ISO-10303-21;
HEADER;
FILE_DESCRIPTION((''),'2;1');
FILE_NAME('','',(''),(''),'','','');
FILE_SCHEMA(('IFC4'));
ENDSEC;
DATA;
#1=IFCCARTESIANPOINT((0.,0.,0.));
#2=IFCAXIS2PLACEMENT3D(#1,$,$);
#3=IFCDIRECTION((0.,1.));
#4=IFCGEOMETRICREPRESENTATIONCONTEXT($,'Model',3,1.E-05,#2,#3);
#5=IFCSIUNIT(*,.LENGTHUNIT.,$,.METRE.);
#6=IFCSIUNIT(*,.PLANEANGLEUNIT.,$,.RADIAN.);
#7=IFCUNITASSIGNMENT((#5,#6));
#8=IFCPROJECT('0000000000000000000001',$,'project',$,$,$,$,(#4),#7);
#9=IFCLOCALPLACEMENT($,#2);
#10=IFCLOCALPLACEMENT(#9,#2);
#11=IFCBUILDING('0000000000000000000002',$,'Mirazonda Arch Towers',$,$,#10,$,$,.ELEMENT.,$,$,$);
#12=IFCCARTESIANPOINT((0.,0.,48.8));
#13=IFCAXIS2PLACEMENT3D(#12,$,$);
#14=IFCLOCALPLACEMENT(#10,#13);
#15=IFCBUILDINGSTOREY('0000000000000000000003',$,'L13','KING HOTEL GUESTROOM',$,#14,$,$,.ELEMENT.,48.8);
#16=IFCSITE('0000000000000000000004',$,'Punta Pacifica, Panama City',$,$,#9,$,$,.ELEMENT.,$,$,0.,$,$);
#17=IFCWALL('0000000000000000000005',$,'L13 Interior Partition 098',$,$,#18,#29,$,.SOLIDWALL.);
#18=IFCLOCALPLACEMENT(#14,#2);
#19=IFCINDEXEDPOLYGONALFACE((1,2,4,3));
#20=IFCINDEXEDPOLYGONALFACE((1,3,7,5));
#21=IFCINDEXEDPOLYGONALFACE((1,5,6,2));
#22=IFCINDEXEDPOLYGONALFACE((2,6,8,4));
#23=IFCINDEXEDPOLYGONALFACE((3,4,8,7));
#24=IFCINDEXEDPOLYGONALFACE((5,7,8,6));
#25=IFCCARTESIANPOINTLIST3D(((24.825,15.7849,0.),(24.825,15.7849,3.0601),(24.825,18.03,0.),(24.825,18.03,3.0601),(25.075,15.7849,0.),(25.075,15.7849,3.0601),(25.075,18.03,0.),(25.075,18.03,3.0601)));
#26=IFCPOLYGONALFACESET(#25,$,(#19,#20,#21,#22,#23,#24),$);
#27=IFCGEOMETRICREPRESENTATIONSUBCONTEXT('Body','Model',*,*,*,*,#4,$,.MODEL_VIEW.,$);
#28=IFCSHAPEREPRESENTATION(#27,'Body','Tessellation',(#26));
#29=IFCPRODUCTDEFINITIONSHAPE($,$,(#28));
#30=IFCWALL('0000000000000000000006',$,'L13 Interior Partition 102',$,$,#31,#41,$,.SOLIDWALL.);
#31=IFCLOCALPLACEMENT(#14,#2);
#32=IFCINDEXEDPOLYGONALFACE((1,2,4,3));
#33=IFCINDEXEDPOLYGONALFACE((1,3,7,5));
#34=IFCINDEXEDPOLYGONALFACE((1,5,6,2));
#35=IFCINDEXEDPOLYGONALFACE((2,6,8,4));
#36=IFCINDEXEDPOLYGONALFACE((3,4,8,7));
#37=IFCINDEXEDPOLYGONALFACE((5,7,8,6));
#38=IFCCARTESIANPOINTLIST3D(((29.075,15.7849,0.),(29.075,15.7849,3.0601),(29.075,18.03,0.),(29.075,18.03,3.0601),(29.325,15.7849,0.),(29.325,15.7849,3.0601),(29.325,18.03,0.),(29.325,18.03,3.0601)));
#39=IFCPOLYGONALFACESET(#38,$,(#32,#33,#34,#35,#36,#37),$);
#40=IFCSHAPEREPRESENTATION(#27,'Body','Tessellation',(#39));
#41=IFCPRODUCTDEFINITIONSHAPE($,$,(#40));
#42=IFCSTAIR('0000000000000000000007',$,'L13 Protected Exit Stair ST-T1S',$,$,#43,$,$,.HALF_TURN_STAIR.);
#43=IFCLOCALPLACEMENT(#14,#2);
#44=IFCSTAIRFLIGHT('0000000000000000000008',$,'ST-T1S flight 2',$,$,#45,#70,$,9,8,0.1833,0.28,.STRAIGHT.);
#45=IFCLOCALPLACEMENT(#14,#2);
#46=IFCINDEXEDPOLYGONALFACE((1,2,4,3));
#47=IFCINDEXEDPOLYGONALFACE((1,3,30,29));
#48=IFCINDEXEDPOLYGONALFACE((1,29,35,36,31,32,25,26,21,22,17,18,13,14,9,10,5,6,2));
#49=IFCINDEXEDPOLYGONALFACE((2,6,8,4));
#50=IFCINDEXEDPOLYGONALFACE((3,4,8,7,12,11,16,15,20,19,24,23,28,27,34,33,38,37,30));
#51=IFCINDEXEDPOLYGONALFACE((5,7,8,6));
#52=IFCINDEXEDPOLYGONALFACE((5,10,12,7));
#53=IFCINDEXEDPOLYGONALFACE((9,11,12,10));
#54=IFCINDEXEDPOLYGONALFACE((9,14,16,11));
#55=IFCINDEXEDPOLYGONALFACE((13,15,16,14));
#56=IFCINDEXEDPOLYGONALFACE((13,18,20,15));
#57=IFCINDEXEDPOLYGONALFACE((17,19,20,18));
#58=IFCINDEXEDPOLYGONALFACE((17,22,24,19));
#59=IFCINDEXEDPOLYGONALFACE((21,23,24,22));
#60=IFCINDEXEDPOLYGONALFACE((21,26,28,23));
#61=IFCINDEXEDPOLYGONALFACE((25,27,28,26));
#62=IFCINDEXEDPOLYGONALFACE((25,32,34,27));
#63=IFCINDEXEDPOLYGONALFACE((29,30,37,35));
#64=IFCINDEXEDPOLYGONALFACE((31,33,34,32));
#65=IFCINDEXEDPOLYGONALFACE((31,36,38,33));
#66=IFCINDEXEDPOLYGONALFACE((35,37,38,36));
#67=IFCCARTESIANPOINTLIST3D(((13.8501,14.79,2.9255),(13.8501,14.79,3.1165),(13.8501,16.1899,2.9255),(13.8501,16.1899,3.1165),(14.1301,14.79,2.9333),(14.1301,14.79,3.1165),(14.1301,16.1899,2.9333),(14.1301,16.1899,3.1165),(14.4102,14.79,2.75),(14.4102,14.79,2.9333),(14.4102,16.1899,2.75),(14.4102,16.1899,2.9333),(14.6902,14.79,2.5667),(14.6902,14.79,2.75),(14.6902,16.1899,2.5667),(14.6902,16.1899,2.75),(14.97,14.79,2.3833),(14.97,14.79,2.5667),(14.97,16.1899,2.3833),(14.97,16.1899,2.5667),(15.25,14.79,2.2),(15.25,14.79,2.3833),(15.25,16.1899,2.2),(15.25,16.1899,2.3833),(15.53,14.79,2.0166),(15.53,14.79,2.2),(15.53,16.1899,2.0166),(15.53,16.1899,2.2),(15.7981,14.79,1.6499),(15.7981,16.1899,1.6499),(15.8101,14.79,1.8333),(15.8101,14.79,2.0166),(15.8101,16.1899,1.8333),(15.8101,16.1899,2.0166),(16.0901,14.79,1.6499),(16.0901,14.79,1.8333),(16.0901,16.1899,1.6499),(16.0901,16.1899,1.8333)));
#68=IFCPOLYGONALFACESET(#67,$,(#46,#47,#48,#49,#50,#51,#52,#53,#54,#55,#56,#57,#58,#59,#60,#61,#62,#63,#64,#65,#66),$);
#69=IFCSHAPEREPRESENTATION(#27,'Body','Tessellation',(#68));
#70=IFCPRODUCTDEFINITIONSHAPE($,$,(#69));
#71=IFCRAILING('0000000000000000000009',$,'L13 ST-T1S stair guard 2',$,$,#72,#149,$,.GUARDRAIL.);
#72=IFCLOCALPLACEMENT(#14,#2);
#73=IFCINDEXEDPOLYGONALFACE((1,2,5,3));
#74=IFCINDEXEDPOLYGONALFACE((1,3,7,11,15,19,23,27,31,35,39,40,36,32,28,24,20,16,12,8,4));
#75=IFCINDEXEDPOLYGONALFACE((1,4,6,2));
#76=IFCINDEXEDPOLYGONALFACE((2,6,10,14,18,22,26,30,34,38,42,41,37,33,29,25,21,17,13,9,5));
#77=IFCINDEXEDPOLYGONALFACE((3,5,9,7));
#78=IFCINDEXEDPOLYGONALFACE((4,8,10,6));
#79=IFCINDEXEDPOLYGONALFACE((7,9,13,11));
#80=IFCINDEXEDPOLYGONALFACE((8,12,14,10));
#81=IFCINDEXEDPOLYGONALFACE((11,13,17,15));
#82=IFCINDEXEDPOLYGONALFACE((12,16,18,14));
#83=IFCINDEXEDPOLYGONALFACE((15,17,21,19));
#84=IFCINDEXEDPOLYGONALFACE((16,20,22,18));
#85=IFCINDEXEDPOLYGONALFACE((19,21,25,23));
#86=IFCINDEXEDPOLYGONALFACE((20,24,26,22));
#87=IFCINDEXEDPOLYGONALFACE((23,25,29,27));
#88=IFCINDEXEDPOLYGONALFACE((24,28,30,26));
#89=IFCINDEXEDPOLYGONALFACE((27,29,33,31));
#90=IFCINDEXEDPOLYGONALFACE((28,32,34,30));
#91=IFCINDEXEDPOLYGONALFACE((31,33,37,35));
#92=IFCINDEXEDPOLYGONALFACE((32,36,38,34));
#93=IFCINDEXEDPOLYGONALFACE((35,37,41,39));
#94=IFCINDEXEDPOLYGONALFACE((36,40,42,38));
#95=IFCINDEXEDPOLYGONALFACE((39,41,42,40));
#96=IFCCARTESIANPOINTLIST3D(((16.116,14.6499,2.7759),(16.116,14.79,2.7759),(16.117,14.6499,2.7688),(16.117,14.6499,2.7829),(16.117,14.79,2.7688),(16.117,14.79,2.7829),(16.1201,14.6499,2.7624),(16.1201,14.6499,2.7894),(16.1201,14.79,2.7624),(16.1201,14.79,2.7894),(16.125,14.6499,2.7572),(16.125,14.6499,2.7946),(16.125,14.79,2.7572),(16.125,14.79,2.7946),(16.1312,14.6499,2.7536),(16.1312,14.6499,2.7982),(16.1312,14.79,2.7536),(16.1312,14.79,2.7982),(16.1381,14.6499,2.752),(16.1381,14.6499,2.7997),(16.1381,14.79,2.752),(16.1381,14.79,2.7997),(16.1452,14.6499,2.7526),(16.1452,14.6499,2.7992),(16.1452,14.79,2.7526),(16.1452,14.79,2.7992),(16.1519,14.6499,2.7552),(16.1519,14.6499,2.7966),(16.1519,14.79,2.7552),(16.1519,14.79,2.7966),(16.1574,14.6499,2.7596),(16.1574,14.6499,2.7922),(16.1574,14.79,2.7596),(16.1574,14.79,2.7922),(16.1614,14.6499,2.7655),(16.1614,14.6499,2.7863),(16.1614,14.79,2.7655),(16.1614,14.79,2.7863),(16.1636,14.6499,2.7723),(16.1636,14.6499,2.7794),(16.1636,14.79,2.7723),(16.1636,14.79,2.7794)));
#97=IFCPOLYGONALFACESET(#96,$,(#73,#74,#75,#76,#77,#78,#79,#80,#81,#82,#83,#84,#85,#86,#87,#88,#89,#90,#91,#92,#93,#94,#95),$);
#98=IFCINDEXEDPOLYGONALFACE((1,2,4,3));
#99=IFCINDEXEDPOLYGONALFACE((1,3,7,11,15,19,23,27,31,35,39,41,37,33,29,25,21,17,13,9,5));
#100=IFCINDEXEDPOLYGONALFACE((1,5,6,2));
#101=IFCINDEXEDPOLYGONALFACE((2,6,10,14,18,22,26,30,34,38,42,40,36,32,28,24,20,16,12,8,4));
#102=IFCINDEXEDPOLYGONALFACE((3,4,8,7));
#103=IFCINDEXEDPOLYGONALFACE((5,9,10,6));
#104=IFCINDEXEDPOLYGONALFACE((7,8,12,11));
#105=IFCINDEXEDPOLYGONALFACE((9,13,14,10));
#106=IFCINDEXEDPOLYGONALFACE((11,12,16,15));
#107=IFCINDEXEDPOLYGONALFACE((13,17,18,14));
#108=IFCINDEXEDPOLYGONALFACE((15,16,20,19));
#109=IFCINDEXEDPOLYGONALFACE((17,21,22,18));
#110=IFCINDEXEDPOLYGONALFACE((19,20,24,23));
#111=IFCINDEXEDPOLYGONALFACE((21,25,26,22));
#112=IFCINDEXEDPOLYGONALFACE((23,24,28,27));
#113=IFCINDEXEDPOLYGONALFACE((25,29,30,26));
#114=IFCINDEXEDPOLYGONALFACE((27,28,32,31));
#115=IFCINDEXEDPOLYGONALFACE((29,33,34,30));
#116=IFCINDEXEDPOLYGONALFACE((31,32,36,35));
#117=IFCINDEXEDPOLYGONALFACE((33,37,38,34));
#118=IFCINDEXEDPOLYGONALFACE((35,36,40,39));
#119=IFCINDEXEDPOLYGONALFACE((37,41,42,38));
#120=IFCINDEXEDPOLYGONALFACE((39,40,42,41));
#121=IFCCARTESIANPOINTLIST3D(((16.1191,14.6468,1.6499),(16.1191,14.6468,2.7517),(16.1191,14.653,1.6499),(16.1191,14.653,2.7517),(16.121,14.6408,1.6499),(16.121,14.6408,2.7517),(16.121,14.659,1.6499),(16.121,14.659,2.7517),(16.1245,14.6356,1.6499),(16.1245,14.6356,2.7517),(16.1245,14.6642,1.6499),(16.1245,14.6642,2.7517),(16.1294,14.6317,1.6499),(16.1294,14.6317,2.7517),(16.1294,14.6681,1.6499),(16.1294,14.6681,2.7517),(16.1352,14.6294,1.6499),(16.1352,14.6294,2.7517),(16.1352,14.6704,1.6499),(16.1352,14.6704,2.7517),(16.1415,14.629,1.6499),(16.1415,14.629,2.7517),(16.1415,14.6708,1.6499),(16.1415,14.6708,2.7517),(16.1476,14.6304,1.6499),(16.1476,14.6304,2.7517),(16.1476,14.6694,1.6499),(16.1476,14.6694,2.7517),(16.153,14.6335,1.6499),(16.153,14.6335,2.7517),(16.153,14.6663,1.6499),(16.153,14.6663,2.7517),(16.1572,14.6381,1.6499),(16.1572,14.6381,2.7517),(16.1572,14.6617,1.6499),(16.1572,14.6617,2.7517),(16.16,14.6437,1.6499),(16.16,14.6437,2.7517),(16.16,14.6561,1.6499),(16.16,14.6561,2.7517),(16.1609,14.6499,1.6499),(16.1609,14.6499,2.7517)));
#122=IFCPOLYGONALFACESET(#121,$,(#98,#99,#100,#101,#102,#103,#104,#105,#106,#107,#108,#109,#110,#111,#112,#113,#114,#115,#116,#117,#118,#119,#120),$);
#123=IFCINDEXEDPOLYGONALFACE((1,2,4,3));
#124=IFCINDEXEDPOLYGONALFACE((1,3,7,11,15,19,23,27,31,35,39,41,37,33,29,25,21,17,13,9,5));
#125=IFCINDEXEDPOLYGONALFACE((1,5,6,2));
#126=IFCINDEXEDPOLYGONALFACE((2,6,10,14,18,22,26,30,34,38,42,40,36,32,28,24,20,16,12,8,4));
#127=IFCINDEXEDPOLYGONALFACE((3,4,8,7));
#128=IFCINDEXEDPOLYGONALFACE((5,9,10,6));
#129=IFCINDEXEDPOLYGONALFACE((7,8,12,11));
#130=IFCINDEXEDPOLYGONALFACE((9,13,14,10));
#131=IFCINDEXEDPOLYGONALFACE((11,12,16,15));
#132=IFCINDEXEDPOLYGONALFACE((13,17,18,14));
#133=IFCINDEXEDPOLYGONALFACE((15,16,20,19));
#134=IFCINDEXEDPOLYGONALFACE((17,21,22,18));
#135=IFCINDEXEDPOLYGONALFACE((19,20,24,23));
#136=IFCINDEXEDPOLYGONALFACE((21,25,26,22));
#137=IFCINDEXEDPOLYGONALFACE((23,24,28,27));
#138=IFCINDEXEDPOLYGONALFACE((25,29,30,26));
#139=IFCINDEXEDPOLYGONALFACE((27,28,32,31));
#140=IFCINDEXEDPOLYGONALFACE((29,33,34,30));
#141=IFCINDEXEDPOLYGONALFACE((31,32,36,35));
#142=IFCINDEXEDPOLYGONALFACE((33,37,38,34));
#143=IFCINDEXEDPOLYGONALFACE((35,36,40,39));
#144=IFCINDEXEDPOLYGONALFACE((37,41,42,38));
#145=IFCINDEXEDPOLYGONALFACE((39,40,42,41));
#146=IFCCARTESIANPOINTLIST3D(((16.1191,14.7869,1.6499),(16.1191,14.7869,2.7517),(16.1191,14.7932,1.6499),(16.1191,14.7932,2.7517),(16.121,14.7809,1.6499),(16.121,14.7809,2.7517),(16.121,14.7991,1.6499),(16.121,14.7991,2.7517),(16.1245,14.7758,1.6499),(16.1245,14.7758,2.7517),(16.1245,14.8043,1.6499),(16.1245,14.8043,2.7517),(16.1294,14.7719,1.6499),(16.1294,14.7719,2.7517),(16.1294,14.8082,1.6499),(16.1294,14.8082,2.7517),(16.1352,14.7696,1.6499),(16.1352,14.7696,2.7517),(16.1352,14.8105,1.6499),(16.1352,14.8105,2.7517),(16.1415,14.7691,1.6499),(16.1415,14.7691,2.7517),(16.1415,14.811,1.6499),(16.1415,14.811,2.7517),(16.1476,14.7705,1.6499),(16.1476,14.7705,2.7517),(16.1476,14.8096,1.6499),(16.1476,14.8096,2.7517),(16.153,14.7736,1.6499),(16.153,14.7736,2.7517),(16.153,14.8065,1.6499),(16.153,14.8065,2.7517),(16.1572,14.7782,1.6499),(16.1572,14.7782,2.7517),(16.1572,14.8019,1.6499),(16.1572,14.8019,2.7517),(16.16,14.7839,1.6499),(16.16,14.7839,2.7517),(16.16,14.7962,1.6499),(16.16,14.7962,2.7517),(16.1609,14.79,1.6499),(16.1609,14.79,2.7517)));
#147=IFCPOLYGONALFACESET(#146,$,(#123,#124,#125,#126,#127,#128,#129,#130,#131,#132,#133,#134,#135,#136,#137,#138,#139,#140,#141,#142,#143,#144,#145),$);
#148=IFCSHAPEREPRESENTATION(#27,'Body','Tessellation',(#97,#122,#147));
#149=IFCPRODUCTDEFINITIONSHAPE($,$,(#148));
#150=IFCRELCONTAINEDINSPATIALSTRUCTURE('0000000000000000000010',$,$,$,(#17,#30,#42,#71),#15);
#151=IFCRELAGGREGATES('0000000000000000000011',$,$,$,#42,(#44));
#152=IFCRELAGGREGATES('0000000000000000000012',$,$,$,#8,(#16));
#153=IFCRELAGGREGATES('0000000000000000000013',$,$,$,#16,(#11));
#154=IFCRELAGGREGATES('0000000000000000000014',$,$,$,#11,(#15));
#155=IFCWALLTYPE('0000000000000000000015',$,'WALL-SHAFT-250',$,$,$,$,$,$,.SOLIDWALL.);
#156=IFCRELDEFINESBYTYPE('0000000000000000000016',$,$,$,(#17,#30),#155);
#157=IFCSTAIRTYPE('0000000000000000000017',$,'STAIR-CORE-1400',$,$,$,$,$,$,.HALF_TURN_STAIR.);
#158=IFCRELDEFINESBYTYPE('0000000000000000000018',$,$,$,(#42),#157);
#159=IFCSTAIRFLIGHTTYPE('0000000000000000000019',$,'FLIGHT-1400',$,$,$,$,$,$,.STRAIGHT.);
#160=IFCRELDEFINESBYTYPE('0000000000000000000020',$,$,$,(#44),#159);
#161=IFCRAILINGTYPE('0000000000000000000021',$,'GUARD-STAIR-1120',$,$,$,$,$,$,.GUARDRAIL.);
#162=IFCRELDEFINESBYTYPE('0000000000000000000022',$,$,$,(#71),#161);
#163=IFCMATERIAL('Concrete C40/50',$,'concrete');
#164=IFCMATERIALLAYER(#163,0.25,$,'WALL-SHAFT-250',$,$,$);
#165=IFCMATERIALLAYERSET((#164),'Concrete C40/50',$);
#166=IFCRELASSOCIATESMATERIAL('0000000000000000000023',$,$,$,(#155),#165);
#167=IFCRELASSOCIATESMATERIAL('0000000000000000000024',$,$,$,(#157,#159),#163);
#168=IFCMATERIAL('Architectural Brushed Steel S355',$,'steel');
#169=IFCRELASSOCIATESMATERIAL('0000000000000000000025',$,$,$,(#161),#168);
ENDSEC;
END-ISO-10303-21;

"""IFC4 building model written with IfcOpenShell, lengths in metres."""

from ifc_helpers import new_model, si_unit, direction, frame, frame_2d, origin, origin_2d, place, context, subcontext, project, spatial, polyline, rectangle, circle, outline, extrude, material, layer, layer_set, type_object, element, aggregate, save


model = new_model("IFC4")

# Units and contexts
model_context = context("Model", 3, precision=1e-05, world=origin(), true_north=direction((0.0, 1.0)))
body_context = subcontext(model_context, "Body", "Model", "MODEL_VIEW")
ifc_project = project(units=[si_unit("LENGTHUNIT", "METRE"), si_unit("PLANEANGLEUNIT", "RADIAN")], contexts=[model_context])

# Site, building, storey
site_placement = place(None, origin())
site = spatial("IfcSite", under=ifc_project, at=site_placement, Name="Punta Pacifica, Panama City", CompositionType="ELEMENT", RefElevation=0.0)
building_placement = place(site_placement, origin())
building = spatial("IfcBuilding", under=site, at=building_placement, Name="Mirazonda Arch Towers", CompositionType="ELEMENT")
storey_placement = place(building_placement, frame((0.0, 0.0, 48.8)))
storey = spatial("IfcBuildingStorey", under=building, at=storey_placement, Name="L13", Description="KING HOTEL GUESTROOM", CompositionType="ELEMENT", Elevation=48.8)

# Walls
ifc_material_1 = material(Name="Concrete C40/50", Category="concrete")
ifc_layer_1 = layer(ifc_material_1, 0.25, Name="WALL-SHAFT-250")
ifc_layer_set_1 = layer_set([ifc_layer_1], Name="Concrete C40/50")
wall_type_1 = type_object("IfcWallType", Name="WALL-SHAFT-250", PredefinedType="SOLIDWALL", material=ifc_layer_set_1)
for number, where, z_axis, x_axis, name in (
    (1, (24.95, 15.7849, 0.0), (0.0, 0.0, 1.0), (0.0, 1.0, 0.0), "L13 Interior Partition 098"),
    (2, (29.2, 15.7849, 0.0), (0.0, 0.0, 1.0), (0.0, 1.0, 0.0), "L13 Interior Partition 102"),
):
    element("IfcWall", number, at=place(storey_placement, frame(where, z_axis=z_axis, x_axis=x_axis)), inside=storey, type_object=wall_type_1, Name=name, PredefinedType="SOLIDWALL", context=body_context, shape_type="SweptSolid", body=[
        extrude(rectangle(XDim=2.2451, YDim=0.25, at=frame_2d((1.1226, 0.0))), origin(), (0.0, 0.0, 1.0), 3.0601),
    ])

# Stair, stair flight
stair_type = type_object("IfcStairType", Name="STAIR-CORE-1400", PredefinedType="HALF_TURN_STAIR", material=ifc_material_1)
stair_placement = place(storey_placement, origin())
stair = element("IfcStair", 3, at=stair_placement, inside=storey, type_object=stair_type, Name="L13 Protected Exit Stair ST-T1S", PredefinedType="HALF_TURN_STAIR")
stair_flight_type = type_object("IfcStairFlightType", Name="FLIGHT-1400", PredefinedType="STRAIGHT", material=ifc_material_1)
stair_flight_placement = place(storey_placement, frame((16.0901, 15.49, 1.6499), z_axis=(0.0, 0.0, 1.0), x_axis=(-1.0, 0.0, 0.0)))
stair_flight = element("IfcStairFlight", 4, at=stair_flight_placement, type_object=stair_flight_type, Name="ST-T1S flight 2", NumberOfRisers=9, NumberOfTreads=8, PredefinedType="STRAIGHT", RiserHeight=0.1833, TreadLength=0.28, context=body_context, shape_type="SweptSolid", body=[
    extrude(outline(polyline([(0.0, 0.0), (0.0, 0.1833), (0.28, 0.1833), (0.28, 0.3667), (0.5601, 0.3667), (0.5601, 0.55), (0.8401, 0.55), (0.8401, 0.7334), (1.1201, 0.7334), (1.1201, 0.9167), (1.3999, 0.9167), (1.3999, 1.1001), (1.6799, 1.1001), (1.6799, 1.2834), (1.96, 1.2834), (1.96, 1.4666), (2.24, 1.4666), (2.24, 1.6499), (2.24, 1.2756), (0.292, 0.0), (0.0, 0.0)])), frame((0.0, 0.7, 0.0), z_axis=(0.0, -1.0, 0.0), x_axis=(1.0, 0.0, 0.0)), (0.0, 0.0, 1.0), 1.3999),
])
aggregate(stair, [stair_flight])

# Railing
ifc_material_2 = material(Name="Architectural Brushed Steel S355", Category="steel")
railing_type_1 = type_object("IfcRailingType", Name="GUARD-STAIR-1120", PredefinedType="GUARDRAIL", material=ifc_material_2)
railing_1_placement = place(storey_placement, frame((16.1399, 14.6499, 1.6499)))
element("IfcRailing", 5, at=railing_1_placement, inside=storey, type_object=railing_type_1, Name="L13 ST-T1S stair guard 2", PredefinedType="GUARDRAIL", context=body_context, shape_type="SweptSolid", body=[
    extrude(circle(Radius=0.0239, at=origin_2d()), frame((0.0, 0.0, 1.126), z_axis=(0.0, 1.0, 0.0), x_axis=(-1.0, 0.0, 0.0)), (0.0, 0.0, 1.0), 0.1401),
    extrude(circle(Radius=0.021, at=origin_2d()), origin(), (0.0, 0.0, 1.0), 1.1018),
    extrude(circle(Radius=0.021, at=origin_2d()), frame((0.0, 0.1401, 0.0)), (0.0, 0.0, 1.0), 1.1018),
])

save(model, "model.ifc")
